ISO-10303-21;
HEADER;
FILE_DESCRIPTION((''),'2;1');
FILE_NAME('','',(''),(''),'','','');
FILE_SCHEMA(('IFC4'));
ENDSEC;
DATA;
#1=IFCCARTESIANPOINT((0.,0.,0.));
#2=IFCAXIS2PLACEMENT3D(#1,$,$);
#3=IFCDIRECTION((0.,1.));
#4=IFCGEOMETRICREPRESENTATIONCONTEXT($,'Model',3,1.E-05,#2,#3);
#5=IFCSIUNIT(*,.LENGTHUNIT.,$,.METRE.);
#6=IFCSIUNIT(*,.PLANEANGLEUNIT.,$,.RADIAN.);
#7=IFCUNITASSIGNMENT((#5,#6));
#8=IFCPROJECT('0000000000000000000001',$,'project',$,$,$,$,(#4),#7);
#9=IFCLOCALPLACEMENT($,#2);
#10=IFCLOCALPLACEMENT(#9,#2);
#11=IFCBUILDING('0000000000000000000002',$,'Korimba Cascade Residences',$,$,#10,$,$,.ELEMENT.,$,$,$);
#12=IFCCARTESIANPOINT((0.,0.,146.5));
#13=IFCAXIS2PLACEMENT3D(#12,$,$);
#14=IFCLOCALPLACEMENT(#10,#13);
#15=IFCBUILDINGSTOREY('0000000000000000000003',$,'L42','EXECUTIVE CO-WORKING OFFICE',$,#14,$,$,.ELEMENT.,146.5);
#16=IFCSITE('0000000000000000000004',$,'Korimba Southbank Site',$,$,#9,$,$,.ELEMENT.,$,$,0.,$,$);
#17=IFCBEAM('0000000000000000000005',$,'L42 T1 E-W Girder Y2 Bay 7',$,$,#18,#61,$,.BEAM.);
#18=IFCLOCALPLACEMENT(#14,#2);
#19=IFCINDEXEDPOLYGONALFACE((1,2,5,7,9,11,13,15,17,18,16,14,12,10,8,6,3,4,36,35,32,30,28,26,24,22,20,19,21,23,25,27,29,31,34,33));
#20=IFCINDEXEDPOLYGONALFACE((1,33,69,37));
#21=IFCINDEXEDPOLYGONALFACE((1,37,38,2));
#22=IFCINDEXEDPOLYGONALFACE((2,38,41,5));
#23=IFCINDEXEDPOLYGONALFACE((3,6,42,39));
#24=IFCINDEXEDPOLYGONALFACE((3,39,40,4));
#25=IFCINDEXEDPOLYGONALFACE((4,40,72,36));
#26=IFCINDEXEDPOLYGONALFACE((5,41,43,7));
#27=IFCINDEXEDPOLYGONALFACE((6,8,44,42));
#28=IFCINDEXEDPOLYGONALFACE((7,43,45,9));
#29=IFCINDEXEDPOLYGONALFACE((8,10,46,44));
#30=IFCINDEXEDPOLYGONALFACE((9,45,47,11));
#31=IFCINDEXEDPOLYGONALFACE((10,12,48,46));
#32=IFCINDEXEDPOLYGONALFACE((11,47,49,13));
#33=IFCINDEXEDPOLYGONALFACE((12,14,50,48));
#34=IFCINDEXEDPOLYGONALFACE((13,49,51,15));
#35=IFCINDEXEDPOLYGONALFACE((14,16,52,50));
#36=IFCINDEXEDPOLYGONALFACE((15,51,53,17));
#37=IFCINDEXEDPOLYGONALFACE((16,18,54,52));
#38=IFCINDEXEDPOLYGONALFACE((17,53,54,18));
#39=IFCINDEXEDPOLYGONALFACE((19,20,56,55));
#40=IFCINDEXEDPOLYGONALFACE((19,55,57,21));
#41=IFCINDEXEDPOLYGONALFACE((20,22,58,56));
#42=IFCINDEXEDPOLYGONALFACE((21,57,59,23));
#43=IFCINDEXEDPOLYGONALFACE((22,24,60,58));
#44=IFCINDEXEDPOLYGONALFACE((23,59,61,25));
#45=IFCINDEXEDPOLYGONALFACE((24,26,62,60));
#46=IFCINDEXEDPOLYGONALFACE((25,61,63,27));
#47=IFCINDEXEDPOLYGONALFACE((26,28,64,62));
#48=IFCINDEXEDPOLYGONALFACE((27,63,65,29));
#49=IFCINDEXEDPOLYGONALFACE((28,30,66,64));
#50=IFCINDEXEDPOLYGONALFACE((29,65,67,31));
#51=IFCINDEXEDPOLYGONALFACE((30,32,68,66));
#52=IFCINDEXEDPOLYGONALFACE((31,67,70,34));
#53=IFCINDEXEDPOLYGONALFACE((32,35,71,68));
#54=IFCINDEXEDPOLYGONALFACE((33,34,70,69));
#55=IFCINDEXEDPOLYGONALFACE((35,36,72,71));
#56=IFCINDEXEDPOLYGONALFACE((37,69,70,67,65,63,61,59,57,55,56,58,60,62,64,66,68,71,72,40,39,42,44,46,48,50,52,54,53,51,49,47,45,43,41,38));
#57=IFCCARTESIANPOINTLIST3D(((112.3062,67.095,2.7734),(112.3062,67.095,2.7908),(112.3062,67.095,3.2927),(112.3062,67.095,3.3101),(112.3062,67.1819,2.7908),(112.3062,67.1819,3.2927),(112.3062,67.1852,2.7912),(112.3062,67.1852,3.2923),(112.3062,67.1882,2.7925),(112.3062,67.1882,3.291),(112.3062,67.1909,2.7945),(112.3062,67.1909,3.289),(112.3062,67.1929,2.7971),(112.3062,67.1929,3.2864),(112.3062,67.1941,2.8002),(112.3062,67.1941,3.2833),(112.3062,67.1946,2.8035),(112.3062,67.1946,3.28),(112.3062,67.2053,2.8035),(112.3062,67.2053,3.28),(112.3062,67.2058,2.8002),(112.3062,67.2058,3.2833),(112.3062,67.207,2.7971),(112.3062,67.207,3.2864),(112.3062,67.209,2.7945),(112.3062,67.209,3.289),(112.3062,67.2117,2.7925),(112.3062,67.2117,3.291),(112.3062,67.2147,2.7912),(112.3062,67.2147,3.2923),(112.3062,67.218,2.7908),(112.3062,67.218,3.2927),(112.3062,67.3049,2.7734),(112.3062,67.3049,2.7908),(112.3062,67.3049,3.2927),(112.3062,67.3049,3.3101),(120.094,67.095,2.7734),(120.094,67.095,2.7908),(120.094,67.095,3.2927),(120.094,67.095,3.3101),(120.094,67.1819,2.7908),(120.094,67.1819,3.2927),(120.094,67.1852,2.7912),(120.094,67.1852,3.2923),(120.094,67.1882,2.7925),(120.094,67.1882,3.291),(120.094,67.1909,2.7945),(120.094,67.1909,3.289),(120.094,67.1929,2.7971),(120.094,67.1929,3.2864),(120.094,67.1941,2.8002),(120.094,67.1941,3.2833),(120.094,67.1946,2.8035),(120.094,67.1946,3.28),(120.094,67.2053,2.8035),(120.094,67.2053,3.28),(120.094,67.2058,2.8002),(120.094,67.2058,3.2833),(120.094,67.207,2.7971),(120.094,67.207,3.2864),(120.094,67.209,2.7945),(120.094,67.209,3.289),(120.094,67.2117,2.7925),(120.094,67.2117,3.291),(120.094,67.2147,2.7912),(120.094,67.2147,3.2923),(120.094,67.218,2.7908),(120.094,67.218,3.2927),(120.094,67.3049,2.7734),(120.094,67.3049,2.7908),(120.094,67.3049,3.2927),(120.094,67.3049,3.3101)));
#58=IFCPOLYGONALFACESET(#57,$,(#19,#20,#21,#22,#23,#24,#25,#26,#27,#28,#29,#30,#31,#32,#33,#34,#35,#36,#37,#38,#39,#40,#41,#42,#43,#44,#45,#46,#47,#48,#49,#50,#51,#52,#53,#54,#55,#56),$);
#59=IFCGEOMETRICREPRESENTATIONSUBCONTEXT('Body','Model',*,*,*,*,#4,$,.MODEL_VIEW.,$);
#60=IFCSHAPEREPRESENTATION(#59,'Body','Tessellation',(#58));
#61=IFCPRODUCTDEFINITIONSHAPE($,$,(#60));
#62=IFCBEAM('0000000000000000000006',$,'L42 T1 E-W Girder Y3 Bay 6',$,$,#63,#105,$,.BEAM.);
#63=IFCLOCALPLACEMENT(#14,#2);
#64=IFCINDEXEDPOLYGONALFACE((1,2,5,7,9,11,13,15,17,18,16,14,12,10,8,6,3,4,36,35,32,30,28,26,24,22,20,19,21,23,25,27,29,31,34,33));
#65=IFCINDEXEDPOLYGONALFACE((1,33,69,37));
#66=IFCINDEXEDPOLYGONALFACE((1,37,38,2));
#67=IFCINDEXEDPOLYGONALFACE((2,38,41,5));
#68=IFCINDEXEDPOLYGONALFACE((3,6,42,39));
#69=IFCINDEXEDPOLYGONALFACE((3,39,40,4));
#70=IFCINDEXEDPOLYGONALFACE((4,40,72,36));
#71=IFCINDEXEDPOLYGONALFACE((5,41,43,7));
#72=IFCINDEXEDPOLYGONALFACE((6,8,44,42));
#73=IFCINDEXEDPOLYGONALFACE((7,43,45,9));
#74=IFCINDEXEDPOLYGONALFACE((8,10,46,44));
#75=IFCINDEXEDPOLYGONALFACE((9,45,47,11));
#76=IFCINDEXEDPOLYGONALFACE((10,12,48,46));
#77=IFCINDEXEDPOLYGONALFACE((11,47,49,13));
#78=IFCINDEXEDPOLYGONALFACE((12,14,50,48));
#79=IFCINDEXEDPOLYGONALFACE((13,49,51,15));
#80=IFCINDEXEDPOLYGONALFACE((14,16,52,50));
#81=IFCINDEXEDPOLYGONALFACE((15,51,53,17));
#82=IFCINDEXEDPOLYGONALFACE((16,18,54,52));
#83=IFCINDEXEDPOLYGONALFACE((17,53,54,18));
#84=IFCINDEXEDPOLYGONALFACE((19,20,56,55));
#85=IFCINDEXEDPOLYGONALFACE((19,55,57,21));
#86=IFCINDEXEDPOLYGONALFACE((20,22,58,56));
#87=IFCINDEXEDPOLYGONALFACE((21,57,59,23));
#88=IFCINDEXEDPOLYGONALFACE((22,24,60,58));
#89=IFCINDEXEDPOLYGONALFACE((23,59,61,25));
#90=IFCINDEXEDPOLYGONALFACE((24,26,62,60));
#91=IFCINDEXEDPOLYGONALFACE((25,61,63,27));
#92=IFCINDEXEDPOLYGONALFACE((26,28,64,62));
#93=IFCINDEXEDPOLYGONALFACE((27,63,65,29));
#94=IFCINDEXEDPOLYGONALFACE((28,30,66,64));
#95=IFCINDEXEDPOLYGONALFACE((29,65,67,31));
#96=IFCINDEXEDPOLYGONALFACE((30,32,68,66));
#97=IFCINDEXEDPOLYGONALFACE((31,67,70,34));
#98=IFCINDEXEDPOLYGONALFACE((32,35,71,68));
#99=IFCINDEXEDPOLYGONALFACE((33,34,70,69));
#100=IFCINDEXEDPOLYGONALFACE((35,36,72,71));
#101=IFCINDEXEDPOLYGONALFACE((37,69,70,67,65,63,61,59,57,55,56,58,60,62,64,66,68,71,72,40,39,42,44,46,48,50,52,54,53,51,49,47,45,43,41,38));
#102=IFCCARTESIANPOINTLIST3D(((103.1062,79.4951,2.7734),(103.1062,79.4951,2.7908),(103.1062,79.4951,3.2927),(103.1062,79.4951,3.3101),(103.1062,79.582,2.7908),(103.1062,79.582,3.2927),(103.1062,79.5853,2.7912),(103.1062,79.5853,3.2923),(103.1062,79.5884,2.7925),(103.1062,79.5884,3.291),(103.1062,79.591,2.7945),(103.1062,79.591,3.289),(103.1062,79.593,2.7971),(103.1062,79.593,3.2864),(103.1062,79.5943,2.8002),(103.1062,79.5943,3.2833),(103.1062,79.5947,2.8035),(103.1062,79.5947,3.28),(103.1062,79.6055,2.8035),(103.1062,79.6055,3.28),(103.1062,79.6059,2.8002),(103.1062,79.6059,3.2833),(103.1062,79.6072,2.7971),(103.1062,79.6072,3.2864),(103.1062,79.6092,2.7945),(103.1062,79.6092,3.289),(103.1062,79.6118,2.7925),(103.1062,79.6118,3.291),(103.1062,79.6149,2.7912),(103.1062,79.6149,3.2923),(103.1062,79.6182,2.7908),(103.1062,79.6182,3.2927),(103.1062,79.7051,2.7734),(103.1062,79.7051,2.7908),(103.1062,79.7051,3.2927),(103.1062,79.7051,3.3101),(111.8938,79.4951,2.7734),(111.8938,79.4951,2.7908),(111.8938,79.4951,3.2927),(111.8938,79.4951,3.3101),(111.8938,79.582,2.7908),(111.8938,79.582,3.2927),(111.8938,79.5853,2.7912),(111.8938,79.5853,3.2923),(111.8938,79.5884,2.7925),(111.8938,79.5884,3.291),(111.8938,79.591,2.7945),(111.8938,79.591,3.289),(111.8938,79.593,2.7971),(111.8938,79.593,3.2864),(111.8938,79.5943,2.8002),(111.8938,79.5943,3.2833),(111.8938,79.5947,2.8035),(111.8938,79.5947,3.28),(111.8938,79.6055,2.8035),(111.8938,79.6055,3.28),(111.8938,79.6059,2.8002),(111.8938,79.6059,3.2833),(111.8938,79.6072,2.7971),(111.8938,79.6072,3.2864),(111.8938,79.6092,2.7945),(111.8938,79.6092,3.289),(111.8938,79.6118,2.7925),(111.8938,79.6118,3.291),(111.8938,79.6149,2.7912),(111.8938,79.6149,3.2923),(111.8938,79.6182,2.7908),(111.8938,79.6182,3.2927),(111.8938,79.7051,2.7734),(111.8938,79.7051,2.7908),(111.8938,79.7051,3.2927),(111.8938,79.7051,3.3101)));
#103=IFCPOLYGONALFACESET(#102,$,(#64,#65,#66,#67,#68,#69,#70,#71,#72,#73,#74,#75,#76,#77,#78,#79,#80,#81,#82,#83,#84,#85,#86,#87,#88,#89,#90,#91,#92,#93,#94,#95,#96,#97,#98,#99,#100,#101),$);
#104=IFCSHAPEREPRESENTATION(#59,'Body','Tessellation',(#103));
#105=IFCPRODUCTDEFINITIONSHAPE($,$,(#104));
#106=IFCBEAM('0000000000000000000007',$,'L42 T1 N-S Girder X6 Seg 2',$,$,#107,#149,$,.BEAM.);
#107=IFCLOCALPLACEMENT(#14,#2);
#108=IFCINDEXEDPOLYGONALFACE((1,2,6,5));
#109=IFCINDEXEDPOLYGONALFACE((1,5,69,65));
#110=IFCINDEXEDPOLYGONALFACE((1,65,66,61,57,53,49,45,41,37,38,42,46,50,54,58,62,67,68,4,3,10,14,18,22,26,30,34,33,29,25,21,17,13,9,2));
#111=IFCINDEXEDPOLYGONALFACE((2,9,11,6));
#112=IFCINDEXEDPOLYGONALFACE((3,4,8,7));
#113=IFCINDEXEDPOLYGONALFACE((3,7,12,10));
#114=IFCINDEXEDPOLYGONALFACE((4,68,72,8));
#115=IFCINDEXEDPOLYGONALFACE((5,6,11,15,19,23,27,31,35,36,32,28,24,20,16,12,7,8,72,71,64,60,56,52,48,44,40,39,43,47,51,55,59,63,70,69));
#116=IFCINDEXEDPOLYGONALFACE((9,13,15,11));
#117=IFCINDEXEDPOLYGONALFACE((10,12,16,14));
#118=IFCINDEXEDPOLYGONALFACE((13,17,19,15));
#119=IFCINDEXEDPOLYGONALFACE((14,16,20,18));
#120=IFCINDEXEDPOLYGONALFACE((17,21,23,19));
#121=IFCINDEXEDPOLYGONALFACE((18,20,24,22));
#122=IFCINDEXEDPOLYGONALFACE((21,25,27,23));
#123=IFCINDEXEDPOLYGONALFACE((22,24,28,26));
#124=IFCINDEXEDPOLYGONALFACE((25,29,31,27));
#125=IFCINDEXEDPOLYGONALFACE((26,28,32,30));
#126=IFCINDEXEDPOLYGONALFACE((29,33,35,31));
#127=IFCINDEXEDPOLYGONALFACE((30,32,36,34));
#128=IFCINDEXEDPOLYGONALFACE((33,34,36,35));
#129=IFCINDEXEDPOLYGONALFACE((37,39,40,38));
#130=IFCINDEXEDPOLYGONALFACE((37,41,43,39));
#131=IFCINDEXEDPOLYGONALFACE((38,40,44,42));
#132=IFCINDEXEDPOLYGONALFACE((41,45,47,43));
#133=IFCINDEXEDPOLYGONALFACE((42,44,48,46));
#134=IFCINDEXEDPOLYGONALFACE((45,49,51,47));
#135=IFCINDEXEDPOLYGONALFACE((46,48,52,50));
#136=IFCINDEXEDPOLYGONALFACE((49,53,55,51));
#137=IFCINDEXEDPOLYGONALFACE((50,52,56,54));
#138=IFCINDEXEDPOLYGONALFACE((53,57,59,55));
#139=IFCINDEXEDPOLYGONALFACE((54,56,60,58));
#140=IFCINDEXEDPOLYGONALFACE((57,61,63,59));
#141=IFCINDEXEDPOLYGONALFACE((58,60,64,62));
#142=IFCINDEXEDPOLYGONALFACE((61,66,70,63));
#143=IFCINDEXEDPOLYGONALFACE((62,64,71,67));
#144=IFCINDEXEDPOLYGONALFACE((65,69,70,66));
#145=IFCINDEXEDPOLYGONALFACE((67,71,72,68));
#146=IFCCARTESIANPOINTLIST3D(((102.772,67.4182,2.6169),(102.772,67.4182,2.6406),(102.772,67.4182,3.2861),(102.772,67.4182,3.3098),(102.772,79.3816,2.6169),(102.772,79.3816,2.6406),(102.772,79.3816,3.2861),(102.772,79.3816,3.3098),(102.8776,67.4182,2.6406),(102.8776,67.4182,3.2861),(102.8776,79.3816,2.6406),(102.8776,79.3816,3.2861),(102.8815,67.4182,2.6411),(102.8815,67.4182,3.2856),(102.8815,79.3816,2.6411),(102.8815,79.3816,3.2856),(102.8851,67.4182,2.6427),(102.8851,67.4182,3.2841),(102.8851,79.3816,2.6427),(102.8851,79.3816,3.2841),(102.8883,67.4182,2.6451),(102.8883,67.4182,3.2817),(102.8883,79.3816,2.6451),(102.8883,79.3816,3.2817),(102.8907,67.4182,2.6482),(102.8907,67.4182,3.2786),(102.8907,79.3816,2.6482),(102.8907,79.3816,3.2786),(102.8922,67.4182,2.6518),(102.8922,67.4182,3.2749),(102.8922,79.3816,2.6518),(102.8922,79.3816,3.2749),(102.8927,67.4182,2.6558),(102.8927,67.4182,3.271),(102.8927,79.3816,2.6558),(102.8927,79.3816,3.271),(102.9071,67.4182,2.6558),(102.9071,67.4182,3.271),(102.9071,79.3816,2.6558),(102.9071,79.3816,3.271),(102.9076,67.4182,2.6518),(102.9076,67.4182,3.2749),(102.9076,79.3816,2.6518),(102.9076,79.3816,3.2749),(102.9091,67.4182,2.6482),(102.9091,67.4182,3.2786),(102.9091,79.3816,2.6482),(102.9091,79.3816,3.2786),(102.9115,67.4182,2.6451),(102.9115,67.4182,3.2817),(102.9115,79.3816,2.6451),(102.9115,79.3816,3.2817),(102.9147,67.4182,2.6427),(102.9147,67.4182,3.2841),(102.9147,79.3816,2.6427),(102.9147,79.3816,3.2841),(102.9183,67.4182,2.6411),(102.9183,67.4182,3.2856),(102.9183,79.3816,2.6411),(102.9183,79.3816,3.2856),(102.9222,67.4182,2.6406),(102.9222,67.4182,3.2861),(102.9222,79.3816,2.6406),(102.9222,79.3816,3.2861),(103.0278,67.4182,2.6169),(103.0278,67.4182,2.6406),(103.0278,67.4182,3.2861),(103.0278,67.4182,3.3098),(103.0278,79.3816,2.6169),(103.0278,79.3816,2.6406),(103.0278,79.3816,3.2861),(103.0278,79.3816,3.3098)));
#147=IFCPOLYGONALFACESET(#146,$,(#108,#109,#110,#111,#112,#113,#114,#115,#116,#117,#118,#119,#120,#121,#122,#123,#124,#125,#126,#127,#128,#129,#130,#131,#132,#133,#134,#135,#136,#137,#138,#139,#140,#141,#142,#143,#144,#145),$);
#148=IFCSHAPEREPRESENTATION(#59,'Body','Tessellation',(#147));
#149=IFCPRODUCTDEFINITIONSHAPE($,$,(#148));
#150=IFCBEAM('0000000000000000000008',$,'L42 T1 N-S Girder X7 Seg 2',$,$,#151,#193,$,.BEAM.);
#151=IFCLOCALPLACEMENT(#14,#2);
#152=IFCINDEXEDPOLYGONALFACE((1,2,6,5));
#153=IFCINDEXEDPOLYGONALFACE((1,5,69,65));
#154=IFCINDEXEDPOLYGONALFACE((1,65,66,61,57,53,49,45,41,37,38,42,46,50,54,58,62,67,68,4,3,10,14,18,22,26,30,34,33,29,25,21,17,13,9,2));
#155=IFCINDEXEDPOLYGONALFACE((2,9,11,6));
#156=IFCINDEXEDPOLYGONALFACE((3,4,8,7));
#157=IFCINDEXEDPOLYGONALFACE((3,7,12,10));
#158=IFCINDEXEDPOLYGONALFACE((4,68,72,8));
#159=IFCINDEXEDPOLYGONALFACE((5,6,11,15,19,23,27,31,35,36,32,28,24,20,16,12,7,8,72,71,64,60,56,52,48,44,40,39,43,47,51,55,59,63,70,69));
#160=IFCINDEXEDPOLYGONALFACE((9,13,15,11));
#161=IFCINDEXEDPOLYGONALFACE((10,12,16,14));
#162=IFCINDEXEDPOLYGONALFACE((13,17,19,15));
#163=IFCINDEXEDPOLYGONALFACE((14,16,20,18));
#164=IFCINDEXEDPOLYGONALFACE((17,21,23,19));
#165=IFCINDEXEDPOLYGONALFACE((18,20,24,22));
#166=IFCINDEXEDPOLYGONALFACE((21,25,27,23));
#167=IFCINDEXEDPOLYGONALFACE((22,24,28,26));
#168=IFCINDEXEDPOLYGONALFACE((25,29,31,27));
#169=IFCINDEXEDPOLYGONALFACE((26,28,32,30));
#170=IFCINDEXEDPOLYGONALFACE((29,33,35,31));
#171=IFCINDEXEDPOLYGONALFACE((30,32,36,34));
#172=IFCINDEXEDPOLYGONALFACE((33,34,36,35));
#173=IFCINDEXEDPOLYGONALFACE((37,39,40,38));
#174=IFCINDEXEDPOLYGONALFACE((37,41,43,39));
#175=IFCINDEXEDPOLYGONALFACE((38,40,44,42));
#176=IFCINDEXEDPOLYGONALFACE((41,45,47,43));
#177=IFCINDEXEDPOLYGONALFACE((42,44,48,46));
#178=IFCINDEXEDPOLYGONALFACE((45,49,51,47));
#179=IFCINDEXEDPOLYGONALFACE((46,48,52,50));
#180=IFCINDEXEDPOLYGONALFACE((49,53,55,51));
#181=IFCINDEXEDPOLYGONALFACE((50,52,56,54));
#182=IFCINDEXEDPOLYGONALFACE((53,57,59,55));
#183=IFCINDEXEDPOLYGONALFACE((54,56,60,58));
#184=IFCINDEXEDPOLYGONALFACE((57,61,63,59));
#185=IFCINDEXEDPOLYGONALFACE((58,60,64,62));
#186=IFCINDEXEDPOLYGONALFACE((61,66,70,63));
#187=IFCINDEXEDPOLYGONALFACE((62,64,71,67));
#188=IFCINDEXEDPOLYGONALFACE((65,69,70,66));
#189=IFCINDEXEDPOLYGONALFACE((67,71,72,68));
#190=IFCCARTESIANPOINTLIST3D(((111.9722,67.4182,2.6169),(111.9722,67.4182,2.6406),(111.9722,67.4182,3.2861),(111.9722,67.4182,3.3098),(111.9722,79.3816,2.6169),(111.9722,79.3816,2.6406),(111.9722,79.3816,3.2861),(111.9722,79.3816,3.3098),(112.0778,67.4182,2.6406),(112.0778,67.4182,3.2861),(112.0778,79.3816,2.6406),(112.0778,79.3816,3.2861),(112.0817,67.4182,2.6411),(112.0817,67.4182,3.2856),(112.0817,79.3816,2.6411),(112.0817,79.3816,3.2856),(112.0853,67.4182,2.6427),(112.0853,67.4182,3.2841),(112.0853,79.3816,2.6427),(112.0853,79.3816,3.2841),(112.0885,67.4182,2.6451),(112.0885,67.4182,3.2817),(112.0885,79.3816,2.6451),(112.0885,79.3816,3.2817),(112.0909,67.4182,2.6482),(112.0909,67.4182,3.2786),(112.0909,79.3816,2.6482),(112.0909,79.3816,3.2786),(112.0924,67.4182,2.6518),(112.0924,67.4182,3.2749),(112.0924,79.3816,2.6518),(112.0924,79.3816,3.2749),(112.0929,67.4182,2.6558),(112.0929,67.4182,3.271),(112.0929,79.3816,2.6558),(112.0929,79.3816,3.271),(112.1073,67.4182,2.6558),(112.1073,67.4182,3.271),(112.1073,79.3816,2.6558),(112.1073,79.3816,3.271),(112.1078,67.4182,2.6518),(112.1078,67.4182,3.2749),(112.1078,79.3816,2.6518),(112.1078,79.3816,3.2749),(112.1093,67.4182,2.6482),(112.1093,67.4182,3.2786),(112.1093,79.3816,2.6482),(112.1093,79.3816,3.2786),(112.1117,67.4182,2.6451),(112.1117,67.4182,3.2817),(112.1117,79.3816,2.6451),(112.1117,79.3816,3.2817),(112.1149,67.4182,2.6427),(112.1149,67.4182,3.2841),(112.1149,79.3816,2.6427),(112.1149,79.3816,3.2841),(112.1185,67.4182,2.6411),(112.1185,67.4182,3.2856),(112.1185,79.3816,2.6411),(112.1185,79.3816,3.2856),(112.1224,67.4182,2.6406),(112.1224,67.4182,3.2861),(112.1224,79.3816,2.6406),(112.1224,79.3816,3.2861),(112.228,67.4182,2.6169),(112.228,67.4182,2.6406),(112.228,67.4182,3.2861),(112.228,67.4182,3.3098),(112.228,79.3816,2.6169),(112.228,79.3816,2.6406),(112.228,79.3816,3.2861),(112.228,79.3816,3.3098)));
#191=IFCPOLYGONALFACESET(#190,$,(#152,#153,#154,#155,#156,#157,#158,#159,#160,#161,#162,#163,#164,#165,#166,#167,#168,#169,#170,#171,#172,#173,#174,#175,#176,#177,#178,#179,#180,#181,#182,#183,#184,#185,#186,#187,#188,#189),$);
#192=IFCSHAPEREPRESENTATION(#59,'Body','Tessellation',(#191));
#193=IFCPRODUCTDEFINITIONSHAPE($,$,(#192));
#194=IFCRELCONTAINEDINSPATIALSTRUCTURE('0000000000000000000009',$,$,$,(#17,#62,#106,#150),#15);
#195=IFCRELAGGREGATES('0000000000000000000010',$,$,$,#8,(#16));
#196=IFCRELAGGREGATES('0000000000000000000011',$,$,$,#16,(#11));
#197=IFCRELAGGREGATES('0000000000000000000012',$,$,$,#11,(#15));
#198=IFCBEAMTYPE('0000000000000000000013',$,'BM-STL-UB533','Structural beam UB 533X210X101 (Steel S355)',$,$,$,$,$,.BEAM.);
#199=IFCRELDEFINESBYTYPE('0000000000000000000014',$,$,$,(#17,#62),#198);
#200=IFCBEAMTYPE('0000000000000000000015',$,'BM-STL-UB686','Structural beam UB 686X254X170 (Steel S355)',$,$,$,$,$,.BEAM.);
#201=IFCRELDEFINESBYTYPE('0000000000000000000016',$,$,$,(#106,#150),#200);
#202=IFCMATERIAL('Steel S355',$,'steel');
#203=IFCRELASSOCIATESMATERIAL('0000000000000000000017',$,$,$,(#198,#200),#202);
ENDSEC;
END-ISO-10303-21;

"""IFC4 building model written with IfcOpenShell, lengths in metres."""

from ifc_helpers import new_model, si_unit, direction, frame, origin, origin_2d, place, context, subcontext, project, spatial, i_section, extrude, material, material_profile, profile_set, type_object, element, save


model = new_model("IFC4")

# Units and contexts
model_context = context("Model", 3, precision=1e-05, world=origin(), true_north=direction((0.0, 1.0)))
body_context = subcontext(model_context, "Body", "Model", "MODEL_VIEW")
ifc_project = project(units=[si_unit("LENGTHUNIT", "METRE"), si_unit("PLANEANGLEUNIT", "RADIAN")], contexts=[model_context])

# Site, building, storey
site_placement = place(None, origin())
site = spatial("IfcSite", under=ifc_project, at=site_placement, Name="Korimba Southbank Site", CompositionType="ELEMENT", RefElevation=0.0)
building_placement = place(site_placement, origin())
building = spatial("IfcBuilding", under=site, at=building_placement, Name="Korimba Cascade Residences", CompositionType="ELEMENT")
storey_placement = place(building_placement, frame((0.0, 0.0, 146.5)))
storey = spatial("IfcBuildingStorey", under=building, at=storey_placement, Name="L42", Description="EXECUTIVE CO-WORKING OFFICE", CompositionType="ELEMENT", Elevation=146.5)

# Beams
ifc_material_1 = material(Name="Steel S355", Category="steel")
ifc_material_profile_1 = material_profile(ifc_material_1, i_section(OverallWidth=0.21, OverallDepth=0.5366, WebThickness=0.0107, FlangeThickness=0.0173, FilletRadius=0.0127, at=origin_2d()), Name="Steel S355")
ifc_profile_set_1 = profile_set([ifc_material_profile_1], Name="Steel S355")
beam_type_1 = type_object("IfcBeamType", Name="BM-STL-UB533", Description="Structural beam UB 533X210X101 (Steel S355)", PredefinedType="BEAM", material=ifc_profile_set_1)
beam_1_placement = place(storey_placement, frame((112.3062, 67.2, 3.0417), z_axis=(1.0, 0.0, 0.0), x_axis=(0.0, 1.0, 0.0)))
element("IfcBeam", 1, at=beam_1_placement, inside=storey, type_object=beam_type_1, Name="L42 T1 E-W Girder Y2 Bay 7", PredefinedType="BEAM", context=body_context, shape_type="SweptSolid", body=[
    extrude(i_section(OverallWidth=0.21, OverallDepth=0.5366, WebThickness=0.0107, FlangeThickness=0.0173, FilletRadius=0.0127, at=origin_2d()), origin(), (0.0, 0.0, 1.0), 7.7878),
])
beam_2_placement = place(storey_placement, frame((103.1062, 79.6001, 3.0417), z_axis=(1.0, 0.0, 0.0), x_axis=(0.0, 1.0, 0.0)))
element("IfcBeam", 2, at=beam_2_placement, inside=storey, type_object=beam_type_1, Name="L42 T1 E-W Girder Y3 Bay 6", PredefinedType="BEAM", context=body_context, shape_type="SweptSolid", body=[
    extrude(i_section(OverallWidth=0.21, OverallDepth=0.5366, WebThickness=0.0107, FlangeThickness=0.0173, FilletRadius=0.0127, at=origin_2d()), origin(), (0.0, 0.0, 1.0), 8.7876),
])
ifc_material_profile_2 = material_profile(ifc_material_1, i_section(OverallWidth=0.2559, OverallDepth=0.6929, WebThickness=0.0144, FlangeThickness=0.0237, FilletRadius=0.0151, at=origin_2d()), Name="Steel S355")
ifc_profile_set_2 = profile_set([ifc_material_profile_2], Name="Steel S355")
beam_type_2 = type_object("IfcBeamType", Name="BM-STL-UB686", Description="Structural beam UB 686X254X170 (Steel S355)", PredefinedType="BEAM", material=ifc_profile_set_2)
for number, where, z_axis, x_axis, name in (
    (3, (102.8999, 67.4182, 2.9634), (0.0, 1.0, 0.0), (-1.0, 0.0, 0.0), "L42 T1 N-S Girder X6 Seg 2"),
    (4, (112.1001, 67.4182, 2.9634), (0.0, 1.0, 0.0), (-1.0, 0.0, 0.0), "L42 T1 N-S Girder X7 Seg 2"),
):
    element("IfcBeam", number, at=place(storey_placement, frame(where, z_axis=z_axis, x_axis=x_axis)), inside=storey, type_object=beam_type_2, Name=name, PredefinedType="BEAM", context=body_context, shape_type="SweptSolid", body=[
        extrude(i_section(OverallWidth=0.2559, OverallDepth=0.6929, WebThickness=0.0144, FlangeThickness=0.0237, FilletRadius=0.0151, at=origin_2d()), origin(), (0.0, 0.0, 1.0), 11.9634),
    ])

save(model, "model.ifc")
